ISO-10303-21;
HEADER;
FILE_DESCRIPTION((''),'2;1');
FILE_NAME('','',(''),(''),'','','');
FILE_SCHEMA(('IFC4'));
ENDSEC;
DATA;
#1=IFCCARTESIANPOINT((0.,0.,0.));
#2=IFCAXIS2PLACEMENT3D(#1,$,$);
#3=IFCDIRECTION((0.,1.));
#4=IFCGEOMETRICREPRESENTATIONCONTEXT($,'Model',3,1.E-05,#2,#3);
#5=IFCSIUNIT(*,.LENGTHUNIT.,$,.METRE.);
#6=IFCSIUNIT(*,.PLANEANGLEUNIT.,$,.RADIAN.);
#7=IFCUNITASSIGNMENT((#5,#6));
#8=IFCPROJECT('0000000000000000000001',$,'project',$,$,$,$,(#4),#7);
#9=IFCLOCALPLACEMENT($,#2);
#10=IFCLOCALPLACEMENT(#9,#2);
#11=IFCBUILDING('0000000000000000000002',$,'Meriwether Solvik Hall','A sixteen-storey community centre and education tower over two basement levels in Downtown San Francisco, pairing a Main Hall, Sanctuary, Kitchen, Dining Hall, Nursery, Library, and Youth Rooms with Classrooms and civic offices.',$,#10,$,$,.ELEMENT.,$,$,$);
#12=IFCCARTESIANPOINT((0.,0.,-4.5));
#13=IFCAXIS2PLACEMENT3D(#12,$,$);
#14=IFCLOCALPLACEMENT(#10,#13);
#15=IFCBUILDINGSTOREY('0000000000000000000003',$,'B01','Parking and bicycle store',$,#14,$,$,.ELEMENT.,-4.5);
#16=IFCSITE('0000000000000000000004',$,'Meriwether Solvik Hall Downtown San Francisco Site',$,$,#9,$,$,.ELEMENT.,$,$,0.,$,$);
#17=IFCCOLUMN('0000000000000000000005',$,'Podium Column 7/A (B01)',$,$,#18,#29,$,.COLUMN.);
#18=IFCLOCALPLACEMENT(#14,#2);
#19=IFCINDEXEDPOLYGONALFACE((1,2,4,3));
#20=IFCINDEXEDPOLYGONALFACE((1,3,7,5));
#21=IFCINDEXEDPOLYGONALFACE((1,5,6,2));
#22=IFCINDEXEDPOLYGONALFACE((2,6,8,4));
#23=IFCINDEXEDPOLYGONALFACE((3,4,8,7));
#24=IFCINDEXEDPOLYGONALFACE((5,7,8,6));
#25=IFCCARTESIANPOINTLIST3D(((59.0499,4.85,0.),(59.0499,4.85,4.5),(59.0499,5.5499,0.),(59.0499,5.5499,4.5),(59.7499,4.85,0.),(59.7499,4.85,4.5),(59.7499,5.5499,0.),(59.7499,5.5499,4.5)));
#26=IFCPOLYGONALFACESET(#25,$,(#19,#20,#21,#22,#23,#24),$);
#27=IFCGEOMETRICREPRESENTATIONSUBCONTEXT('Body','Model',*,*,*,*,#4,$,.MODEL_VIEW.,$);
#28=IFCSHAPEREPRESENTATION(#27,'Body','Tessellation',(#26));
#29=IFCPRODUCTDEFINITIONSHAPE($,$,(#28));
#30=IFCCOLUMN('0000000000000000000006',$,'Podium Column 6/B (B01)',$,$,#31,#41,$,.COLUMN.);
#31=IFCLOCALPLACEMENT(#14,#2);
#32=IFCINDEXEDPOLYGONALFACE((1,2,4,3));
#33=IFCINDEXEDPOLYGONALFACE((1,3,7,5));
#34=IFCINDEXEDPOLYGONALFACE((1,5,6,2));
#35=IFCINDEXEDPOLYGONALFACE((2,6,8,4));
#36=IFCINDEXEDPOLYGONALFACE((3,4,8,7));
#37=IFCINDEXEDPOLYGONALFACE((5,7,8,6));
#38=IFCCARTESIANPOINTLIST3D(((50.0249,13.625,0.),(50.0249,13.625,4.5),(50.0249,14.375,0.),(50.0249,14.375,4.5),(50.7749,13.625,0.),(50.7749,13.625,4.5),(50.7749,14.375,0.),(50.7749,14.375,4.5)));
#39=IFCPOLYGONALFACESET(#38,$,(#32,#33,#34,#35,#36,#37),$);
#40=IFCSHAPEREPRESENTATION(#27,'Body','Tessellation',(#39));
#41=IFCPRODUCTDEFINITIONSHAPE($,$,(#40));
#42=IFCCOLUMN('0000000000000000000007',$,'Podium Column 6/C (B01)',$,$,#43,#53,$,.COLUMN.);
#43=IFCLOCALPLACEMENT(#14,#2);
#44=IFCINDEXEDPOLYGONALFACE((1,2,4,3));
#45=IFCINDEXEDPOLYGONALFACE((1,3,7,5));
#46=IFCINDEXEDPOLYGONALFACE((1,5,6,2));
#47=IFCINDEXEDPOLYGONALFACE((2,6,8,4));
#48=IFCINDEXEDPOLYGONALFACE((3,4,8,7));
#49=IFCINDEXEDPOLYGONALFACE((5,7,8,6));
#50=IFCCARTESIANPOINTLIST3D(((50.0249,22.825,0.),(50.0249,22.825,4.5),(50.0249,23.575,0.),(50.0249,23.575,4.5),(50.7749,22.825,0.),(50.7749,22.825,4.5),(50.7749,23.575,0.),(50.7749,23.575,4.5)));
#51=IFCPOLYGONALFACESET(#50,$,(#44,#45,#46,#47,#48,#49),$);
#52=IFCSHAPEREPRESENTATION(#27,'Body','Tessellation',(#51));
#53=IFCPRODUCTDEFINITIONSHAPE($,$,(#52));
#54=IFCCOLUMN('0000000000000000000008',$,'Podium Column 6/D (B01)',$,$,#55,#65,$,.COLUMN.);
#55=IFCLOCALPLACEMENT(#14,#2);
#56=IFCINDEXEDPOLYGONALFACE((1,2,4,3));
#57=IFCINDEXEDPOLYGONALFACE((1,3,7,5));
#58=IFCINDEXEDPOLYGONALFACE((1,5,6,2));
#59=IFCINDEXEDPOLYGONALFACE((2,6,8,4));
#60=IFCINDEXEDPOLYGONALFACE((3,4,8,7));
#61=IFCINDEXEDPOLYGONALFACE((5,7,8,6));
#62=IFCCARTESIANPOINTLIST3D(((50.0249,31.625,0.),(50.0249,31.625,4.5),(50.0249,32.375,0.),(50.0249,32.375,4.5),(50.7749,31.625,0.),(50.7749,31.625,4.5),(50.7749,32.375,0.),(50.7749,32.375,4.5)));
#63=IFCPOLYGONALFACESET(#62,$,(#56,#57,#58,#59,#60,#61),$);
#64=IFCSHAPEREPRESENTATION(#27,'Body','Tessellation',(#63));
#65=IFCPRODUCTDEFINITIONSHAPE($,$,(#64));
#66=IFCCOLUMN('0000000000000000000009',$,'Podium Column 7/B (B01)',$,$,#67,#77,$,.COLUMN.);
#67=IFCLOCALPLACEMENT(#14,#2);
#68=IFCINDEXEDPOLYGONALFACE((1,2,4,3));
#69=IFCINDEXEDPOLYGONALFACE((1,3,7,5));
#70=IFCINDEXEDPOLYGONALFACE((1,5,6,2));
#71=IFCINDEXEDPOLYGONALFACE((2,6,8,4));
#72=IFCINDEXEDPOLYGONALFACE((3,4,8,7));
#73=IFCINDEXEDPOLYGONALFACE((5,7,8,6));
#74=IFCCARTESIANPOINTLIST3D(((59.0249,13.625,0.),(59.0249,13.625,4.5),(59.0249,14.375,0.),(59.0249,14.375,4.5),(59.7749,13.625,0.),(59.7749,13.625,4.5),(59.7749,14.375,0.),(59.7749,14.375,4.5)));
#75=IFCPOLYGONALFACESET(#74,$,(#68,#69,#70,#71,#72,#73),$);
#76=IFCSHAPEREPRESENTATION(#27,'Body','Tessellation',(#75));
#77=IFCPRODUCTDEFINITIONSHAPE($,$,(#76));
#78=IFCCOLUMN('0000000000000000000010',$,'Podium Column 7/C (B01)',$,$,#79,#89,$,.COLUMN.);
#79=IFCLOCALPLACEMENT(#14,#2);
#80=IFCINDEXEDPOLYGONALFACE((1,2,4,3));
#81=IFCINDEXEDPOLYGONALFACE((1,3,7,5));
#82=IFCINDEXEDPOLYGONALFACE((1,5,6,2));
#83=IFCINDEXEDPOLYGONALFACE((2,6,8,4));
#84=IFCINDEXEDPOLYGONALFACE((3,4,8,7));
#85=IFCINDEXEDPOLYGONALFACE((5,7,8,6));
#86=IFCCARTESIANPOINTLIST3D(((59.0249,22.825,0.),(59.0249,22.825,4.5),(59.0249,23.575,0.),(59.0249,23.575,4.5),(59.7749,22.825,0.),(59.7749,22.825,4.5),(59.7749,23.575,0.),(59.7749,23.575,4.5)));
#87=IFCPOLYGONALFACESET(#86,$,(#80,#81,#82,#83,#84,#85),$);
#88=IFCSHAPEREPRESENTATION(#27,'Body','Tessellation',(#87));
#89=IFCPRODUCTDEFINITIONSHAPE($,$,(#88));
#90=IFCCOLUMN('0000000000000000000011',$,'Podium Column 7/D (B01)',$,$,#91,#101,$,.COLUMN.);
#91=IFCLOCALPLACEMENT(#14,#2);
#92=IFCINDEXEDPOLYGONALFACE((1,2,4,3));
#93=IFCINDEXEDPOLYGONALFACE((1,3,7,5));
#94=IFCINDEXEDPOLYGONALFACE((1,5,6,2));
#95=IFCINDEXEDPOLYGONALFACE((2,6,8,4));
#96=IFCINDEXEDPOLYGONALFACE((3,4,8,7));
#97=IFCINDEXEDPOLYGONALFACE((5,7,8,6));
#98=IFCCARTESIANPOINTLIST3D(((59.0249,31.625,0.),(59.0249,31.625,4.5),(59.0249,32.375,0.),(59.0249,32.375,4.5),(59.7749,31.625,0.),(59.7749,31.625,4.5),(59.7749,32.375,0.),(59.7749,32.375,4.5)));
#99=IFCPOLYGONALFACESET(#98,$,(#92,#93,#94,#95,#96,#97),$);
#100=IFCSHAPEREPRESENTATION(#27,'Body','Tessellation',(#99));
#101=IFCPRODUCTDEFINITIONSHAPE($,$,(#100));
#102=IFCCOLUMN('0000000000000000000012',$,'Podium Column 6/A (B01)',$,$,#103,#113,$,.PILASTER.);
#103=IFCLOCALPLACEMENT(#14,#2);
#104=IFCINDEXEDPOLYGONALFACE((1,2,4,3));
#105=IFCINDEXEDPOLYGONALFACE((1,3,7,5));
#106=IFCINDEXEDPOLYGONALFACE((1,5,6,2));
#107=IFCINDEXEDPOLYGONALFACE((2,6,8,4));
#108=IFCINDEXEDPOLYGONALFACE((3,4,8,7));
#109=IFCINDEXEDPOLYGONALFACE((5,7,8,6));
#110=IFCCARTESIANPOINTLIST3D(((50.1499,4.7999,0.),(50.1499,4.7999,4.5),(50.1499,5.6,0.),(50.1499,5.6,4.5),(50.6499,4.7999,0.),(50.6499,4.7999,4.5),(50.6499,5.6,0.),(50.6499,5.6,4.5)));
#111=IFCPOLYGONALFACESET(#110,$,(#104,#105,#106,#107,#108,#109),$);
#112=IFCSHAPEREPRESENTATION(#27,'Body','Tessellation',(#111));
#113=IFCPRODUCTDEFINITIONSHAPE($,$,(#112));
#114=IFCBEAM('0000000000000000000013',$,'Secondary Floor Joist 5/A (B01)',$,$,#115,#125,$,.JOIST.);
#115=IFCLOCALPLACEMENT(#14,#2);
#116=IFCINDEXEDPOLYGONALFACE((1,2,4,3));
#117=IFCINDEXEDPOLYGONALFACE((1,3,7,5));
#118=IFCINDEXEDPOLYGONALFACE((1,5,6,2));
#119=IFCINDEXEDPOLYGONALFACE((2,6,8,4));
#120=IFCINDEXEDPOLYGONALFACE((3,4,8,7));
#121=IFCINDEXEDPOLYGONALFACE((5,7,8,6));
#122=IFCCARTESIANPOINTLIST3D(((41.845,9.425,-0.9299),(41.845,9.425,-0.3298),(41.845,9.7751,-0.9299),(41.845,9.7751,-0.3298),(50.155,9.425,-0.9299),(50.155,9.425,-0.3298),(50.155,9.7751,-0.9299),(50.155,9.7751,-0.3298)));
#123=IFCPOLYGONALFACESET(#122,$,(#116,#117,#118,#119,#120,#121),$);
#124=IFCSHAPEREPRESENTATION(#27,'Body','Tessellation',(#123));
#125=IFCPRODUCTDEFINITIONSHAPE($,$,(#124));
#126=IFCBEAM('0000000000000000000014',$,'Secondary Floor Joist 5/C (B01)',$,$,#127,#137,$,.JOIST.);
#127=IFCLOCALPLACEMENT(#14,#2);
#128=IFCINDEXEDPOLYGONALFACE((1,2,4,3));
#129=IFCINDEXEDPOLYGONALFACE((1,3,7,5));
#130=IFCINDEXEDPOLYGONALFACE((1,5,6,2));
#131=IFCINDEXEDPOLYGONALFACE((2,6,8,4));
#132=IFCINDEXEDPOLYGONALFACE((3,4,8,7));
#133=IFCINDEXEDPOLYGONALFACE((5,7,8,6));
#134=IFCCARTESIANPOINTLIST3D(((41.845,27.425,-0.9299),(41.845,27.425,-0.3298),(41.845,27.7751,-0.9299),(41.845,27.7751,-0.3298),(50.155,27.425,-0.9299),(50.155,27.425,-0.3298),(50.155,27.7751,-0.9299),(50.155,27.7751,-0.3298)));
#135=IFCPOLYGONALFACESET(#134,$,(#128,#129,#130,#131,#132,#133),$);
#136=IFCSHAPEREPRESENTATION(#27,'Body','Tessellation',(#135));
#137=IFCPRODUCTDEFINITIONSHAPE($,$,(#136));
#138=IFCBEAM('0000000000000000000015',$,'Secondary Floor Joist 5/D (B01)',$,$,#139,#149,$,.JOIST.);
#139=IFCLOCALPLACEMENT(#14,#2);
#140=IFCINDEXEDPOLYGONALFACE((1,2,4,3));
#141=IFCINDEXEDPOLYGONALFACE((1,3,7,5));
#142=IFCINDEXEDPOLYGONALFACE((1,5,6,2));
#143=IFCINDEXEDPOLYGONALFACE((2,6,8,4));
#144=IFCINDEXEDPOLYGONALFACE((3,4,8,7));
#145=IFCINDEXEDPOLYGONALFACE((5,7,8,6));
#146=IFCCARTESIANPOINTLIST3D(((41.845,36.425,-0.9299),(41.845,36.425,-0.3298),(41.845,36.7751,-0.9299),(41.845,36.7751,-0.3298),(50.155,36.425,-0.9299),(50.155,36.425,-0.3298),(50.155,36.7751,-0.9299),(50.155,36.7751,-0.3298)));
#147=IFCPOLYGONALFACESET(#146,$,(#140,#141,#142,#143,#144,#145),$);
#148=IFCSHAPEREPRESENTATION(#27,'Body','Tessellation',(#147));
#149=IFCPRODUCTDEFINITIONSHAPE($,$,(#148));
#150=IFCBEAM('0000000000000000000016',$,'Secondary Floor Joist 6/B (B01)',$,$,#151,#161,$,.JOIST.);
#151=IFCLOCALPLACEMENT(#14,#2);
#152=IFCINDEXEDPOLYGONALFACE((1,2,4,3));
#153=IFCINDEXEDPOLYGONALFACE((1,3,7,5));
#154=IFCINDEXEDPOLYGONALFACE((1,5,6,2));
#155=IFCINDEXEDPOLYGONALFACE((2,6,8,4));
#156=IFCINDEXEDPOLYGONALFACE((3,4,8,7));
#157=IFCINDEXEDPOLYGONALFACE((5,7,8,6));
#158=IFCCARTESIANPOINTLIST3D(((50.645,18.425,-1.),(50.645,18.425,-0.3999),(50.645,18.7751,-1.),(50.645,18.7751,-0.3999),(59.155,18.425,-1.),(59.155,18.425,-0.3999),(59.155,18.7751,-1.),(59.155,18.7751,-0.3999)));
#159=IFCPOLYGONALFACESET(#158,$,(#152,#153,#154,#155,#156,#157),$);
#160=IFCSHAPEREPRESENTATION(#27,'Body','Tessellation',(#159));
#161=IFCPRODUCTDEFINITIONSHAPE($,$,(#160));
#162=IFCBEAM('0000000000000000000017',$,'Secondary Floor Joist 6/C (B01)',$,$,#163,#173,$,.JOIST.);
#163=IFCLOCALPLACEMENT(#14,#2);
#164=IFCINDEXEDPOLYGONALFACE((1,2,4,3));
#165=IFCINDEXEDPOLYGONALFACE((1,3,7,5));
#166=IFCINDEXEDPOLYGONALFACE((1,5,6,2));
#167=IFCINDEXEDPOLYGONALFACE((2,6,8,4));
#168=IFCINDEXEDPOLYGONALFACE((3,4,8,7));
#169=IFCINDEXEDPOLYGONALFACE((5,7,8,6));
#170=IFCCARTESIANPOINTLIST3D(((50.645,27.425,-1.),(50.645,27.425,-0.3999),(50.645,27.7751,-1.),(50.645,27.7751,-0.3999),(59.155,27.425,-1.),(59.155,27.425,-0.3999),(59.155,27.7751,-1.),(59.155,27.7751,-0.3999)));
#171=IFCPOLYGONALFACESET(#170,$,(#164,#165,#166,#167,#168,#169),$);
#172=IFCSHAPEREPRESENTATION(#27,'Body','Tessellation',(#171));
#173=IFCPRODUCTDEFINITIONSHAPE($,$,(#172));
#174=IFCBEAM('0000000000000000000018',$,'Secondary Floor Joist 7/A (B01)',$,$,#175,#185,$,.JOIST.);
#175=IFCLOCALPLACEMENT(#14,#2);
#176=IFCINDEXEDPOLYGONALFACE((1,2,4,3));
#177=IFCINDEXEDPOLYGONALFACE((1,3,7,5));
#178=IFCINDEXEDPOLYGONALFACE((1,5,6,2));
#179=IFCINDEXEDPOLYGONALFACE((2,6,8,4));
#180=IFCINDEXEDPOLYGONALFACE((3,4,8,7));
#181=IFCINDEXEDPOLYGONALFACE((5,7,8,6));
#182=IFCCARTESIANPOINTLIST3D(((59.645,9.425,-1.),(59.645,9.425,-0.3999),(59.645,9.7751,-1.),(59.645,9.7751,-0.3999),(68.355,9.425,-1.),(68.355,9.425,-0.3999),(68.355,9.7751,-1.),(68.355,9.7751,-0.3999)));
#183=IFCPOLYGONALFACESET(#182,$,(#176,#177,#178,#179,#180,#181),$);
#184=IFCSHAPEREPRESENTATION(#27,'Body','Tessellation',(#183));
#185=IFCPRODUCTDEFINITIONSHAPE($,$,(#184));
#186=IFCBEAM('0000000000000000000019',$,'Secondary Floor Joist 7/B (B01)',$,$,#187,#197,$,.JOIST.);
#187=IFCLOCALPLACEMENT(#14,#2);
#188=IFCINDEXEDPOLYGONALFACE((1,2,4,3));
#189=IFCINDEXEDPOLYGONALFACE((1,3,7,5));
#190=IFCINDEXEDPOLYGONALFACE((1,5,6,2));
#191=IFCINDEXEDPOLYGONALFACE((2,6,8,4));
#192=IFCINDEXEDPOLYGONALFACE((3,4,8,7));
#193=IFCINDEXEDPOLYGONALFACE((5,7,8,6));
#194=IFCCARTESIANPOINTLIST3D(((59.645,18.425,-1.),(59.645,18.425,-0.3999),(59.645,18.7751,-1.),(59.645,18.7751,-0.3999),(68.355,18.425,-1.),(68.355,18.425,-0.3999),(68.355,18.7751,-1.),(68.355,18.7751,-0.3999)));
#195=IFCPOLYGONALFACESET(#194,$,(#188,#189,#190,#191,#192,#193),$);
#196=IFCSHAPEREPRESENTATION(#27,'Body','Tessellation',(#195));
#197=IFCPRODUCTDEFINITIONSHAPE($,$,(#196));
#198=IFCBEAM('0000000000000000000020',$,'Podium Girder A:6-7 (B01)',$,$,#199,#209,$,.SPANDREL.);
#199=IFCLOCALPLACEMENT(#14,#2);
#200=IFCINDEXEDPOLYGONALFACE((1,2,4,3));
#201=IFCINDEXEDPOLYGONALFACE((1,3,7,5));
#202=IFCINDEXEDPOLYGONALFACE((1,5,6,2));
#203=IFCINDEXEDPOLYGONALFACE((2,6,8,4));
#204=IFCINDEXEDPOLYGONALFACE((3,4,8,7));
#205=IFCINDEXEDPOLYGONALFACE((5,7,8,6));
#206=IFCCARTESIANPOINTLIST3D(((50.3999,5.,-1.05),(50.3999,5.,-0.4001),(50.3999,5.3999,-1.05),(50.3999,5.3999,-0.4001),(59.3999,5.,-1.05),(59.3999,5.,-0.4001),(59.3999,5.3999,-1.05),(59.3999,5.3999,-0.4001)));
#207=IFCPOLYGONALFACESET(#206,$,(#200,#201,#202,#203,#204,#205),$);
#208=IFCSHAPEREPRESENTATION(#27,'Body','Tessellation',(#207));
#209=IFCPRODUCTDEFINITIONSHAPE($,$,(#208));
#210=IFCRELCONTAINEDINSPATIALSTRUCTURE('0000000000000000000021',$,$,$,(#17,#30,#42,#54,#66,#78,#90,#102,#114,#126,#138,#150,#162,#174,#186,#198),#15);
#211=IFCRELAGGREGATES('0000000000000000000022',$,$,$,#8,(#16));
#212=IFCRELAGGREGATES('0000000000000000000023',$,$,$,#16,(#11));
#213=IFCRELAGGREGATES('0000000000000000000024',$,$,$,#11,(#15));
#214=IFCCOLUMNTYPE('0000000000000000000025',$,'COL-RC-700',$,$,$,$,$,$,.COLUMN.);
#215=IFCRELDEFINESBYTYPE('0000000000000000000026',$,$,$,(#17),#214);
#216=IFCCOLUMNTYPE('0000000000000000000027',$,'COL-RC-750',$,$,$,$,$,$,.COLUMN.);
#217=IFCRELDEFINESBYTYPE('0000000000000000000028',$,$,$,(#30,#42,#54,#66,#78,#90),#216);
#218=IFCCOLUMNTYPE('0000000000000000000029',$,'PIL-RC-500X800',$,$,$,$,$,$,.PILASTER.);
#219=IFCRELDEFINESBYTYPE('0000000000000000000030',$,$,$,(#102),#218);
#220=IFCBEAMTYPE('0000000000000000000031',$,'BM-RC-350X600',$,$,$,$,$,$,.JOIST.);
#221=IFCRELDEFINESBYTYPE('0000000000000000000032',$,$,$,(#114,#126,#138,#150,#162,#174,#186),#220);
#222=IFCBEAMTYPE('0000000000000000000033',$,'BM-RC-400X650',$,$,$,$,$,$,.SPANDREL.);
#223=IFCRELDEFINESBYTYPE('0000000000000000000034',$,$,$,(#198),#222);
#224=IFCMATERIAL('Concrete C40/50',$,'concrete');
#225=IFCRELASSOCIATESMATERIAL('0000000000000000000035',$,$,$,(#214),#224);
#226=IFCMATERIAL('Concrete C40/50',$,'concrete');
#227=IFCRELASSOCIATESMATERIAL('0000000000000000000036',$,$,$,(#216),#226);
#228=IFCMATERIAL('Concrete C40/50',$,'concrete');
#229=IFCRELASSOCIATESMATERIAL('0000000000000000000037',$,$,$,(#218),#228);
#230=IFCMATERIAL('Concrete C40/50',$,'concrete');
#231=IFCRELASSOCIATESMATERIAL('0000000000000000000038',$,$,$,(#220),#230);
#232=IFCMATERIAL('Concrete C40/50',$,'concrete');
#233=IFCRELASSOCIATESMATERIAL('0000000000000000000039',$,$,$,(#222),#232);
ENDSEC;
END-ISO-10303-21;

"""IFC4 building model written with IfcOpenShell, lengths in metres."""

from ifc_helpers import new_model, si_unit, direction, frame, origin, origin_2d, place, context, subcontext, project, spatial, rectangle, extrude, material, material_profile, profile_set, type_object, element, save


model = new_model("IFC4")

# Units and contexts
model_context = context("Model", 3, precision=1e-05, world=origin(), true_north=direction((0.0, 1.0)))
body_context = subcontext(model_context, "Body", "Model", "MODEL_VIEW")
ifc_project = project(units=[si_unit("LENGTHUNIT", "METRE"), si_unit("PLANEANGLEUNIT", "RADIAN")], contexts=[model_context])

# Site, building, storey
site_placement = place(None, origin())
site = spatial("IfcSite", under=ifc_project, at=site_placement, Name="Meriwether Solvik Hall Downtown San Francisco Site", CompositionType="ELEMENT", RefElevation=0.0)
building_placement = place(site_placement, origin())
building = spatial("IfcBuilding", under=site, at=building_placement, Name="Meriwether Solvik Hall", Description="A sixteen-storey community centre and education tower over two basement levels in Downtown San Francisco, pairing a Main Hall, Sanctuary, Kitchen, Dining Hall, Nursery, Library, and Youth Rooms with Classrooms and civic offices.", CompositionType="ELEMENT")
storey_placement = place(building_placement, frame((0.0, 0.0, -4.5)))
storey = spatial("IfcBuildingStorey", under=building, at=storey_placement, Name="B01", Description="Parking and bicycle store", CompositionType="ELEMENT", Elevation=-4.5)

# Columns
ifc_material_1 = material(Name="Concrete C40/50", Category="concrete")
ifc_material_profile_1 = material_profile(ifc_material_1, rectangle(XDim=0.7, YDim=0.7, at=origin_2d()), Name="RCC-700X700")
ifc_profile_set_1 = profile_set([ifc_material_profile_1], Name="Concrete C40/50")
column_type_1 = type_object("IfcColumnType", Name="COL-RC-700", PredefinedType="COLUMN", material=ifc_profile_set_1)
column_1_placement = place(storey_placement, frame((59.3999, 5.2, 0.0), z_axis=(0.0, 0.0, 1.0), x_axis=(1.0, 0.0, 0.0)))
element("IfcColumn", 1, at=column_1_placement, inside=storey, type_object=column_type_1, Name="Podium Column 7/A (B01)", PredefinedType="COLUMN", context=body_context, shape_type="SweptSolid", body=[
    extrude(rectangle(XDim=0.7, YDim=0.7, at=origin_2d()), origin(), (0.0, 0.0, 1.0), 4.5),
])
ifc_material_2 = material(Name="Concrete C40/50", Category="concrete")
ifc_material_profile_2 = material_profile(ifc_material_2, rectangle(XDim=0.75, YDim=0.75, at=origin_2d()), Name="RCC-750X750")
ifc_profile_set_2 = profile_set([ifc_material_profile_2], Name="Concrete C40/50")
column_type_2 = type_object("IfcColumnType", Name="COL-RC-750", PredefinedType="COLUMN", material=ifc_profile_set_2)
for number, where, z_axis, x_axis, name in (
    (2, (50.3999, 14.0, 0.0), (0.0, 0.0, 1.0), (1.0, 0.0, 0.0), "Podium Column 6/B (B01)"),
    (3, (50.3999, 23.2, 0.0), (0.0, 0.0, 1.0), (1.0, 0.0, 0.0), "Podium Column 6/C (B01)"),
    (4, (50.3999, 32.0, 0.0), (0.0, 0.0, 1.0), (1.0, 0.0, 0.0), "Podium Column 6/D (B01)"),
    (5, (59.3999, 14.0, 0.0), (0.0, 0.0, 1.0), (1.0, 0.0, 0.0), "Podium Column 7/B (B01)"),
    (6, (59.3999, 23.2, 0.0), (0.0, 0.0, 1.0), (1.0, 0.0, 0.0), "Podium Column 7/C (B01)"),
    (7, (59.3999, 32.0, 0.0), (0.0, 0.0, 1.0), (1.0, 0.0, 0.0), "Podium Column 7/D (B01)"),
):
    element("IfcColumn", number, at=place(storey_placement, frame(where, z_axis=z_axis, x_axis=x_axis)), inside=storey, type_object=column_type_2, Name=name, PredefinedType="COLUMN", context=body_context, shape_type="SweptSolid", body=[
        extrude(rectangle(XDim=0.75, YDim=0.75, at=origin_2d()), origin(), (0.0, 0.0, 1.0), 4.5),
    ])
ifc_material_3 = material(Name="Concrete C40/50", Category="concrete")
ifc_material_profile_3 = material_profile(ifc_material_3, rectangle(XDim=0.5, YDim=0.8, at=origin_2d()), Name="RCP-500X800")
ifc_profile_set_3 = profile_set([ifc_material_profile_3], Name="Concrete C40/50")
column_type_3 = type_object("IfcColumnType", Name="PIL-RC-500X800", PredefinedType="PILASTER", material=ifc_profile_set_3)
column_2_placement = place(storey_placement, frame((50.3999, 5.2, 0.0), z_axis=(0.0, 0.0, 1.0), x_axis=(1.0, 0.0, 0.0)))
element("IfcColumn", 8, at=column_2_placement, inside=storey, type_object=column_type_3, Name="Podium Column 6/A (B01)", PredefinedType="PILASTER", context=body_context, shape_type="SweptSolid", body=[
    extrude(rectangle(XDim=0.5, YDim=0.8, at=origin_2d()), origin(), (0.0, 0.0, 1.0), 4.5),
])

# Beams
ifc_material_4 = material(Name="Concrete C40/50", Category="concrete")
ifc_material_profile_4 = material_profile(ifc_material_4, rectangle(XDim=0.3501, YDim=0.6001, at=origin_2d()), Name="RCB-350X600")
ifc_profile_set_4 = profile_set([ifc_material_profile_4], Name="Concrete C40/50")
beam_type_1 = type_object("IfcBeamType", Name="BM-RC-350X600", PredefinedType="JOIST", material=ifc_profile_set_4)
for number, where, z_axis, x_axis, name in (
    (9, (41.845, 9.6001, -0.6299), (1.0, 0.0, 0.0), (0.0, 1.0, 0.0), "Secondary Floor Joist 5/A (B01)"),
    (10, (41.845, 27.6001, -0.6299), (1.0, 0.0, 0.0), (0.0, 1.0, 0.0), "Secondary Floor Joist 5/C (B01)"),
    (11, (41.845, 36.6001, -0.6299), (1.0, 0.0, 0.0), (0.0, 1.0, 0.0), "Secondary Floor Joist 5/D (B01)"),
):
    element("IfcBeam", number, at=place(storey_placement, frame(where, z_axis=z_axis, x_axis=x_axis)), inside=storey, type_object=beam_type_1, Name=name, PredefinedType="JOIST", context=body_context, shape_type="SweptSolid", body=[
        extrude(rectangle(XDim=0.3501, YDim=0.6001, at=origin_2d()), origin(), (0.0, 0.0, 1.0), 8.3101),
    ])
for number, where, z_axis, x_axis, name in (
    (12, (50.645, 18.6001, -0.7), (1.0, 0.0, 0.0), (0.0, 1.0, 0.0), "Secondary Floor Joist 6/B (B01)"),
    (13, (50.645, 27.6001, -0.7), (1.0, 0.0, 0.0), (0.0, 1.0, 0.0), "Secondary Floor Joist 6/C (B01)"),
):
    element("IfcBeam", number, at=place(storey_placement, frame(where, z_axis=z_axis, x_axis=x_axis)), inside=storey, type_object=beam_type_1, Name=name, PredefinedType="JOIST", context=body_context, shape_type="SweptSolid", body=[
        extrude(rectangle(XDim=0.3501, YDim=0.6001, at=origin_2d()), origin(), (0.0, 0.0, 1.0), 8.51),
    ])
for number, where, z_axis, x_axis, name in (
    (14, (59.645, 9.6001, -0.7), (1.0, 0.0, 0.0), (0.0, 1.0, 0.0), "Secondary Floor Joist 7/A (B01)"),
    (15, (59.645, 18.6001, -0.7), (1.0, 0.0, 0.0), (0.0, 1.0, 0.0), "Secondary Floor Joist 7/B (B01)"),
):
    element("IfcBeam", number, at=place(storey_placement, frame(where, z_axis=z_axis, x_axis=x_axis)), inside=storey, type_object=beam_type_1, Name=name, PredefinedType="JOIST", context=body_context, shape_type="SweptSolid", body=[
        extrude(rectangle(XDim=0.3501, YDim=0.6001, at=origin_2d()), origin(), (0.0, 0.0, 1.0), 8.71),
    ])
ifc_material_5 = material(Name="Concrete C40/50", Category="concrete")
ifc_material_profile_5 = material_profile(ifc_material_5, rectangle(XDim=0.3999, YDim=0.6499, at=origin_2d()), Name="RCB-400X650")
ifc_profile_set_5 = profile_set([ifc_material_profile_5], Name="Concrete C40/50")
beam_type_2 = type_object("IfcBeamType", Name="BM-RC-400X650", PredefinedType="SPANDREL", material=ifc_profile_set_5)
beam_1_placement = place(storey_placement, frame((50.3999, 5.2, -0.7251), z_axis=(1.0, 0.0, 0.0), x_axis=(0.0, 1.0, 0.0)))
element("IfcBeam", 16, at=beam_1_placement, inside=storey, type_object=beam_type_2, Name="Podium Girder A:6-7 (B01)", PredefinedType="SPANDREL", context=body_context, shape_type="SweptSolid", body=[
    extrude(rectangle(XDim=0.3999, YDim=0.6499, at=origin_2d()), origin(), (0.0, 0.0, 1.0), 9.0),
])

save(model, "model.ifc")
